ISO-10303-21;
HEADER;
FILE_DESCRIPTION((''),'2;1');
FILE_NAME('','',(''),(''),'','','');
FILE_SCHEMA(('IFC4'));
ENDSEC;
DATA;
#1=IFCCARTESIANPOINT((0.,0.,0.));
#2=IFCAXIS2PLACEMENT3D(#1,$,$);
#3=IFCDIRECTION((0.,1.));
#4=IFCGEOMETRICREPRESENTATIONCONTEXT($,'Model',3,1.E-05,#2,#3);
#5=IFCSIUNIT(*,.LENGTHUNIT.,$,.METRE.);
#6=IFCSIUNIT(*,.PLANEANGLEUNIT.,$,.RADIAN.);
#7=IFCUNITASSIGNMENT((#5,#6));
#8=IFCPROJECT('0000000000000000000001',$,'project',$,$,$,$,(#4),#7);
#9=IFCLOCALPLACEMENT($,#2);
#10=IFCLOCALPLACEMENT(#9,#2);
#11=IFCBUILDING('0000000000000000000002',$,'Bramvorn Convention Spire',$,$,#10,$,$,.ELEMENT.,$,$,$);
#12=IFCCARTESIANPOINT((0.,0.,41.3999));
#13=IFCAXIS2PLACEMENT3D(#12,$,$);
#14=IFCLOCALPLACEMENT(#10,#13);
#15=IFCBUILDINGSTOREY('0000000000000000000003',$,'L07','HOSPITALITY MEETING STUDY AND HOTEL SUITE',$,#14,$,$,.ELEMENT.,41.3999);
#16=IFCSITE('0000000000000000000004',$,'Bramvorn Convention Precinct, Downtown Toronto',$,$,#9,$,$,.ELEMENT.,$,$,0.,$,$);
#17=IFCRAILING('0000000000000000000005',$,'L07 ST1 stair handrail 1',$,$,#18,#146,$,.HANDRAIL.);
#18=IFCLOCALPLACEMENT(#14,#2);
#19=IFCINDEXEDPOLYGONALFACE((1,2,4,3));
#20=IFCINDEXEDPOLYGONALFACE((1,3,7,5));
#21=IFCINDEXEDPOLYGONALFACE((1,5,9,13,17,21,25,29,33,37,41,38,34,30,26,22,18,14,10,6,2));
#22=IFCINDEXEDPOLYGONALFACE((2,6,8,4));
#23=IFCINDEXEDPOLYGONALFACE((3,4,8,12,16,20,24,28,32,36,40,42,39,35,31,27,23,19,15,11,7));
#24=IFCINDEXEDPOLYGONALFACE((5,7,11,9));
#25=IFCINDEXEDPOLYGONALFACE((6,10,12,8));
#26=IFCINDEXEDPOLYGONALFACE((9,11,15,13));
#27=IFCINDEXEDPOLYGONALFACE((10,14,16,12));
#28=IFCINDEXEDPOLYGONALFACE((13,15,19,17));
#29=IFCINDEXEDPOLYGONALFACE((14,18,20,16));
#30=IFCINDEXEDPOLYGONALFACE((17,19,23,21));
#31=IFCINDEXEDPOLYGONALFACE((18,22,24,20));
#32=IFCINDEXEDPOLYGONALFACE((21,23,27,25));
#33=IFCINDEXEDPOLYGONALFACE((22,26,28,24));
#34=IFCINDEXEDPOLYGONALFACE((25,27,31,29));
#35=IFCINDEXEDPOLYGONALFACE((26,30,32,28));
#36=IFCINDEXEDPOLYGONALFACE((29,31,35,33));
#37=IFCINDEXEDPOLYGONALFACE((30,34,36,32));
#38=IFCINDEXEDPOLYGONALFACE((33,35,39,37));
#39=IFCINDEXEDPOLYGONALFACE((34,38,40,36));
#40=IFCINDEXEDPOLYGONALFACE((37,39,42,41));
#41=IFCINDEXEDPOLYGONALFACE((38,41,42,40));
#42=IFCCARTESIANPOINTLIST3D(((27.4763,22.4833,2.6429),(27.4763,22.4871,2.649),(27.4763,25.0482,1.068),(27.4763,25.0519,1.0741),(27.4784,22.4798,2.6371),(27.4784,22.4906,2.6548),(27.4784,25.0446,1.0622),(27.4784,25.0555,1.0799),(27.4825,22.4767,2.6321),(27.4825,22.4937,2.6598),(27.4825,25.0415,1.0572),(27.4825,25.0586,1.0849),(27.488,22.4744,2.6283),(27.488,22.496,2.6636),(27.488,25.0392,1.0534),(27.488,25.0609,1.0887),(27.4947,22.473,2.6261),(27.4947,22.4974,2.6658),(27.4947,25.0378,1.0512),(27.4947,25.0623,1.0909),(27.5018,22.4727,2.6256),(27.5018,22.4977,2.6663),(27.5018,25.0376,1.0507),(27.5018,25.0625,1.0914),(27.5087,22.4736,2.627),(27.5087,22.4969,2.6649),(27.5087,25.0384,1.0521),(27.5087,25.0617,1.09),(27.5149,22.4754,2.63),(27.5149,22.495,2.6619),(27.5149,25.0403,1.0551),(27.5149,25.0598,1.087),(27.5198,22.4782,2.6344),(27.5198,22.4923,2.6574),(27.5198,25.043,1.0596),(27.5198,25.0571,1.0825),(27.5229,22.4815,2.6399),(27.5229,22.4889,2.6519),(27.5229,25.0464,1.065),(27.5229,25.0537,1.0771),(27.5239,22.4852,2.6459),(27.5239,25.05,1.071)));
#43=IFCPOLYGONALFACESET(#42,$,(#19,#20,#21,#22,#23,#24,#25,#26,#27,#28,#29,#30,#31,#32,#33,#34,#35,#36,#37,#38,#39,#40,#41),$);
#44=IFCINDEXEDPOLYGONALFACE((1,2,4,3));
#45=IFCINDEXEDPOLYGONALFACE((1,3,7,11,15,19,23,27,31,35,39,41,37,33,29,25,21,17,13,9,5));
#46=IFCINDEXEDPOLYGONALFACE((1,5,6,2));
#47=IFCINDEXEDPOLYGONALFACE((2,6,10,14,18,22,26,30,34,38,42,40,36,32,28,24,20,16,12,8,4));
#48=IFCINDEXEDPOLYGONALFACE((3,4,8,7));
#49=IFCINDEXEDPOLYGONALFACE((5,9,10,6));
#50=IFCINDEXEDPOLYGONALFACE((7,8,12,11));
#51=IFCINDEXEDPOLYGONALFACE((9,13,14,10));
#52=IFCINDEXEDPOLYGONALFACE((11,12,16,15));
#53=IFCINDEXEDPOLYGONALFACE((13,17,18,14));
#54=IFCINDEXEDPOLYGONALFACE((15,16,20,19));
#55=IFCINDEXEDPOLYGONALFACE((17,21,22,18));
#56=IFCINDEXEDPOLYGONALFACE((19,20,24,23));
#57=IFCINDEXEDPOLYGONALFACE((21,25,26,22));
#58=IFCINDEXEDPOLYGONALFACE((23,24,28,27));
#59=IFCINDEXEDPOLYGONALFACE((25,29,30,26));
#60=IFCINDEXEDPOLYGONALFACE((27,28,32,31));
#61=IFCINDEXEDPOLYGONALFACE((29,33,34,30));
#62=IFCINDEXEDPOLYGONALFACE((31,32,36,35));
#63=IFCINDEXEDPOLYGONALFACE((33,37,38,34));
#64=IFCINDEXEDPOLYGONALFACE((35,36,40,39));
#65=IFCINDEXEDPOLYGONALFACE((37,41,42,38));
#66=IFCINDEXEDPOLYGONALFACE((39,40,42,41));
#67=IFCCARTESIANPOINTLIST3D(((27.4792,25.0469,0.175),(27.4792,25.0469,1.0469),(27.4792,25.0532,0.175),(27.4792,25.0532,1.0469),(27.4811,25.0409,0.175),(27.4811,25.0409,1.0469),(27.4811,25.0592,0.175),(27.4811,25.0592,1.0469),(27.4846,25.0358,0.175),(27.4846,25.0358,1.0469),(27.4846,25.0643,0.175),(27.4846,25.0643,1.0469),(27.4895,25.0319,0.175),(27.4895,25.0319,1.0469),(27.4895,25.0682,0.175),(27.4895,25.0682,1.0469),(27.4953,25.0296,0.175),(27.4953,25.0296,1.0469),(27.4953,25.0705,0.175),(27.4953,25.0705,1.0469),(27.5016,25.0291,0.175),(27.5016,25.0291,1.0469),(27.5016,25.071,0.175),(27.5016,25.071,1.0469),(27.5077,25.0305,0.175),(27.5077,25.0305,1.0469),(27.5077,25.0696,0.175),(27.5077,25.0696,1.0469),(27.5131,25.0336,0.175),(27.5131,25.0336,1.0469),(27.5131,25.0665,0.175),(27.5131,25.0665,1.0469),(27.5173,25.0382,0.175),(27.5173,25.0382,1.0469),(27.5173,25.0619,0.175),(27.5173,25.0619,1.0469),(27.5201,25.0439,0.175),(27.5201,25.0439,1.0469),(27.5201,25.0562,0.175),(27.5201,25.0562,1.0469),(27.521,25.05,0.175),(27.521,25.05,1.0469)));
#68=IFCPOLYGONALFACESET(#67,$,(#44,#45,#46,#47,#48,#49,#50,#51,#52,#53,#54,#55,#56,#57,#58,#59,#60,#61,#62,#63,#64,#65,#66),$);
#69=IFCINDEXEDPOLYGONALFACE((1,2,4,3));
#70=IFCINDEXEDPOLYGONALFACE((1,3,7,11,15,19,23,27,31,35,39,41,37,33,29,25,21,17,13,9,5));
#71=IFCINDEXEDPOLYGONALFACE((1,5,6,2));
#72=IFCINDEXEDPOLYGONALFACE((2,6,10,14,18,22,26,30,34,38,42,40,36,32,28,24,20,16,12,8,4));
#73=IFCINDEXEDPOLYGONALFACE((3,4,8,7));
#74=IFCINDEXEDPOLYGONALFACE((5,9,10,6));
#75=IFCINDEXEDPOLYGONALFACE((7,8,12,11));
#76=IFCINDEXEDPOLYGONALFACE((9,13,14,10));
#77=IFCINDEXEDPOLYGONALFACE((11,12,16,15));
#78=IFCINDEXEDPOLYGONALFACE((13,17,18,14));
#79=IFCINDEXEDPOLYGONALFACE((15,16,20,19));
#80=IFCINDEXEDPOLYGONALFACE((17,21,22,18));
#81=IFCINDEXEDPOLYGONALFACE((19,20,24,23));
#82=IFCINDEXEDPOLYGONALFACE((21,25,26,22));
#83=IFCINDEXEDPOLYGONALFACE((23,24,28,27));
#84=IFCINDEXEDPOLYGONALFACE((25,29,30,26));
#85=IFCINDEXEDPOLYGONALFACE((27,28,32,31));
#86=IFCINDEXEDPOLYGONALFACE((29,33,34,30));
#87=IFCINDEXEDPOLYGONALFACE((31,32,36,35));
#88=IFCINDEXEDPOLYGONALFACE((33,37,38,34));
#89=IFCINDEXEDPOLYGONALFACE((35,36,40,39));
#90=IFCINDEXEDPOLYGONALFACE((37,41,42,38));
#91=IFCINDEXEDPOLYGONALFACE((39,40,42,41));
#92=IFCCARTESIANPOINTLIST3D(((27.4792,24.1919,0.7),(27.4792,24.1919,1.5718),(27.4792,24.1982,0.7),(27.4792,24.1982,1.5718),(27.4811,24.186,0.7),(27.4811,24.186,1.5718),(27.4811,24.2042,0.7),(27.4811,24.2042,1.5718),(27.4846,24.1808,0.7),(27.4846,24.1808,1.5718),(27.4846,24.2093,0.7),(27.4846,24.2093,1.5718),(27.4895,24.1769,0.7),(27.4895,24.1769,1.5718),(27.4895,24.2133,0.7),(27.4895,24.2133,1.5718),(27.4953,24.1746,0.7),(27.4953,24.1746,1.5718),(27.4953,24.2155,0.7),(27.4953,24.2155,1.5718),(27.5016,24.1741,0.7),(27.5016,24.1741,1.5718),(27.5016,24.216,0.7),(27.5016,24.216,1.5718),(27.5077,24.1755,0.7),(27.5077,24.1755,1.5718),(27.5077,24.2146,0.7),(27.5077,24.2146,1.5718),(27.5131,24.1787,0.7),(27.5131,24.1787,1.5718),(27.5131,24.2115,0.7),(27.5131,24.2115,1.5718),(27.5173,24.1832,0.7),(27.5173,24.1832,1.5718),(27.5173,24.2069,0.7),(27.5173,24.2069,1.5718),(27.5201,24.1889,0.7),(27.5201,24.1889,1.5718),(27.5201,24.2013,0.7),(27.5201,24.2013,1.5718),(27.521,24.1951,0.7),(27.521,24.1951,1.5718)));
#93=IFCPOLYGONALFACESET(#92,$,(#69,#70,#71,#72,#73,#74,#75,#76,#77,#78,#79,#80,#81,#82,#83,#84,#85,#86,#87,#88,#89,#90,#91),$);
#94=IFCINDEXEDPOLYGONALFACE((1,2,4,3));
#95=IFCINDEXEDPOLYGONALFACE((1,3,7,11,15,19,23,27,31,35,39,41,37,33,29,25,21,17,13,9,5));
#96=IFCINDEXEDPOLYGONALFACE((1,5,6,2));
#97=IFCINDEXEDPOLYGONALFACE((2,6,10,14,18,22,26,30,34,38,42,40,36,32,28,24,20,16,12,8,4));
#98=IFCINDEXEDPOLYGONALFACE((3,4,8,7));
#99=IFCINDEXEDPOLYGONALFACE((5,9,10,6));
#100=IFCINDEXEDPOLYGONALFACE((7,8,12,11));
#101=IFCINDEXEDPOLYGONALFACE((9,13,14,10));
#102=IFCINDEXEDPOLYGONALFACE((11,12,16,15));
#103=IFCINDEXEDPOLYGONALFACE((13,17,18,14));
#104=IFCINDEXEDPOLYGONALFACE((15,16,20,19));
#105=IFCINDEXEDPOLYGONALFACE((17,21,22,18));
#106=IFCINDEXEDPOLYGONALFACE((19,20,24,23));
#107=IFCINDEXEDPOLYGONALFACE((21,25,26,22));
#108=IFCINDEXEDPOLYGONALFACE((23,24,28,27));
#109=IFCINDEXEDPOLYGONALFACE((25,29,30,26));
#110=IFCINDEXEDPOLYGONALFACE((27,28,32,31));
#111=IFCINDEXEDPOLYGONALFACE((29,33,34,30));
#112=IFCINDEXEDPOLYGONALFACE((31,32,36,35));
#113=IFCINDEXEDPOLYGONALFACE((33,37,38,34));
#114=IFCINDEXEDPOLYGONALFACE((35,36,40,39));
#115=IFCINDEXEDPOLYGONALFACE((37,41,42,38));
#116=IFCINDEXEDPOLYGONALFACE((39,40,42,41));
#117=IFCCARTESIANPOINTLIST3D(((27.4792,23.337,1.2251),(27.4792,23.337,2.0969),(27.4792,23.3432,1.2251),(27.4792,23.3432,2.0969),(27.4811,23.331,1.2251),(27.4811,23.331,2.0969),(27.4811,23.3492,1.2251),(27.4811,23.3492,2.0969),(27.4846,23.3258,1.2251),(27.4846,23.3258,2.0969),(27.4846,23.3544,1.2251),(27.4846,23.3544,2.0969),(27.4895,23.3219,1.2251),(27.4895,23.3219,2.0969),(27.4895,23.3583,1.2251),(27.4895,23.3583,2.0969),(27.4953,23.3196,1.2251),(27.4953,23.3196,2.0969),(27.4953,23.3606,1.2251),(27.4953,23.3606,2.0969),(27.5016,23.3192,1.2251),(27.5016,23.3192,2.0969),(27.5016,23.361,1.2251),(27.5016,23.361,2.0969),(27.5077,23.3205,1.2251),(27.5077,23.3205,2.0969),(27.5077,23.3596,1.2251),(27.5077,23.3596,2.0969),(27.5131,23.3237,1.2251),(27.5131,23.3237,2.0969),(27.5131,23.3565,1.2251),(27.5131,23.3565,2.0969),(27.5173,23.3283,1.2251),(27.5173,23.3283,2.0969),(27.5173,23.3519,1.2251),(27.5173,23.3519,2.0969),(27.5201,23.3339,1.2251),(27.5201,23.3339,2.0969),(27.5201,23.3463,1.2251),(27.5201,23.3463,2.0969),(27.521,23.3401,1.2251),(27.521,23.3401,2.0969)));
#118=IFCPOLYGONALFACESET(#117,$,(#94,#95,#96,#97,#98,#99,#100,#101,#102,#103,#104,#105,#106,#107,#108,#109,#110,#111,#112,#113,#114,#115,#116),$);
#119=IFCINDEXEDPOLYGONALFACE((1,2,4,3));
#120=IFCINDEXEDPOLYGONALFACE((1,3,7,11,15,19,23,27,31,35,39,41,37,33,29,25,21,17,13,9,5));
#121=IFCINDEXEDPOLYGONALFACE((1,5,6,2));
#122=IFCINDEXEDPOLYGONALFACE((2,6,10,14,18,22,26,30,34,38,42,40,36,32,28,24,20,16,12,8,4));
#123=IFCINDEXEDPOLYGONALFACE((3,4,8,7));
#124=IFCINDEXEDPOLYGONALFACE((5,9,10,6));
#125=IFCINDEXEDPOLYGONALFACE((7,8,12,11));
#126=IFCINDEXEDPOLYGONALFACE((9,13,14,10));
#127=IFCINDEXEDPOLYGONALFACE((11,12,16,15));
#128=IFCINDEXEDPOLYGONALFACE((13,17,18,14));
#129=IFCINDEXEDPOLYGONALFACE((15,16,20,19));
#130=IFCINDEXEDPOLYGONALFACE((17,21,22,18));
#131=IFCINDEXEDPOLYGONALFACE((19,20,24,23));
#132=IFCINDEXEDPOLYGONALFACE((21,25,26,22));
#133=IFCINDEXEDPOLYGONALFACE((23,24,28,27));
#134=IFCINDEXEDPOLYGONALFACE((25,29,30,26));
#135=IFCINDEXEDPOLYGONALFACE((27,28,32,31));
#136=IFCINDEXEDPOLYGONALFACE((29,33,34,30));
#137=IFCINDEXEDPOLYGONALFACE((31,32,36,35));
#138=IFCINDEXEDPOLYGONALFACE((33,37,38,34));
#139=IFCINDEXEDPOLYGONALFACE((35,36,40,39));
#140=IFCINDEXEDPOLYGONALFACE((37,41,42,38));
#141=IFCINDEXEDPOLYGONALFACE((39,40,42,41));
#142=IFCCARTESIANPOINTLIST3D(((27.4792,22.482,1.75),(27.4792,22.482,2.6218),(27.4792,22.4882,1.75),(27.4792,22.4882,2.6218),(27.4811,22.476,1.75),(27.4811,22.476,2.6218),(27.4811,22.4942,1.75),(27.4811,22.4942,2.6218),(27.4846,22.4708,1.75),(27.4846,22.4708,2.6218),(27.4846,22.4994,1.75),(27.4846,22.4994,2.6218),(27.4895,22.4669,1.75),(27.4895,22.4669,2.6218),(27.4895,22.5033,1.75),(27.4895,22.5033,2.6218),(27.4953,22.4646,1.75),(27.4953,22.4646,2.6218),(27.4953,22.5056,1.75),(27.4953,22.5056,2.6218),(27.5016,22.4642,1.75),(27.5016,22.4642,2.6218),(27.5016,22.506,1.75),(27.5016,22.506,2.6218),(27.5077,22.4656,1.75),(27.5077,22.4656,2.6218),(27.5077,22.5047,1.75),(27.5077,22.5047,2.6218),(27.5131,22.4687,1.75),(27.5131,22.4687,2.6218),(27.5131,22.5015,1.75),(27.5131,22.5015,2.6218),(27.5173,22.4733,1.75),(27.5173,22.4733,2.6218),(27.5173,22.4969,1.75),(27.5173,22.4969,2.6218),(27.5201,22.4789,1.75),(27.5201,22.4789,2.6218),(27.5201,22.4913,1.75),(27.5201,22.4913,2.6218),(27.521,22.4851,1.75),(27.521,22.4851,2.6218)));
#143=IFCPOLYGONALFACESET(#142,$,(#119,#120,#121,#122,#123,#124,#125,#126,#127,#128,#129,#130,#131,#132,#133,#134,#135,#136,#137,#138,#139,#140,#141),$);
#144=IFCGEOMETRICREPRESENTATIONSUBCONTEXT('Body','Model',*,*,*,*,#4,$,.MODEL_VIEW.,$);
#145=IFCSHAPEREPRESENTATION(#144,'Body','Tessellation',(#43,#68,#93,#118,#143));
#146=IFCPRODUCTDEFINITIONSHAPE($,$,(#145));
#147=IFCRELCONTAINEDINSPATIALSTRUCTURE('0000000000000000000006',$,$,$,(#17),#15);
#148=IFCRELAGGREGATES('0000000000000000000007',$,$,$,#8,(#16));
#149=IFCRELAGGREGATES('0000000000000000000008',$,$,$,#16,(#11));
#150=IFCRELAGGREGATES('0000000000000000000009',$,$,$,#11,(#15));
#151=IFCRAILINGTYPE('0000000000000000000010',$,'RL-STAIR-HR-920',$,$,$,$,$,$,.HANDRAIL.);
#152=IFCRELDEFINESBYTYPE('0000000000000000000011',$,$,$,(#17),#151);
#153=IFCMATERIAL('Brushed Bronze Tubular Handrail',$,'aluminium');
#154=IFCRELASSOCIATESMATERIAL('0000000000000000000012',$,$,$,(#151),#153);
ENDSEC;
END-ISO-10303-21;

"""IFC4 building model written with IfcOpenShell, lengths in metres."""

from ifc_helpers import new_model, si_unit, direction, frame, origin, origin_2d, place, context, subcontext, project, spatial, circle, extrude, material, type_object, element, save


model = new_model("IFC4")

# Units and contexts
model_context = context("Model", 3, precision=1e-05, world=origin(), true_north=direction((0.0, 1.0)))
body_context = subcontext(model_context, "Body", "Model", "MODEL_VIEW")
ifc_project = project(units=[si_unit("LENGTHUNIT", "METRE"), si_unit("PLANEANGLEUNIT", "RADIAN")], contexts=[model_context])

# Site, building, storey
site_placement = place(None, origin())
site = spatial("IfcSite", under=ifc_project, at=site_placement, Name="Bramvorn Convention Precinct, Downtown Toronto", CompositionType="ELEMENT", RefElevation=0.0)
building_placement = place(site_placement, origin())
building = spatial("IfcBuilding", under=site, at=building_placement, Name="Bramvorn Convention Spire", CompositionType="ELEMENT")
storey_placement = place(building_placement, frame((0.0, 0.0, 41.3999)))
storey = spatial("IfcBuildingStorey", under=building, at=storey_placement, Name="L07", Description="HOSPITALITY MEETING STUDY AND HOTEL SUITE", CompositionType="ELEMENT", Elevation=41.3999)

# Railing
ifc_material_1 = material(Name="Brushed Bronze Tubular Handrail", Category="aluminium")
railing_type_1 = type_object("IfcRailingType", Name="RL-STAIR-HR-920", PredefinedType="HANDRAIL", material=ifc_material_1)
for number, where, name in (
    (1, (27.5, 25.05, 0.175), "L07 ST1 stair handrail 1"),
):
    element("IfcRailing", number, at=place(storey_placement, frame(where)), inside=storey, type_object=railing_type_1, Name=name, PredefinedType="HANDRAIL", context=body_context, shape_type="SweptSolid", body=[
        extrude(circle(Radius=0.0239, at=origin_2d()), frame((0.0, 0.0, 0.896), z_axis=(0.0, -0.852173, 0.52326), x_axis=(1.0, 0.0, 0.0)), (0.0, 0.0, 1.0), 3.0098),
        extrude(circle(Radius=0.021, at=origin_2d()), origin(), (0.0, 0.0, 1.0), 0.8718),
        extrude(circle(Radius=0.021, at=origin_2d()), frame((0.0, -0.855, 0.5249)), (0.0, 0.0, 1.0), 0.8718),
        extrude(circle(Radius=0.021, at=origin_2d()), frame((0.0, -1.71, 1.05)), (0.0, 0.0, 1.0), 0.8718),
        extrude(circle(Radius=0.021, at=origin_2d()), frame((0.0, -2.5649, 1.575)), (0.0, 0.0, 1.0), 0.8718),
    ])

save(model, "model.ifc")
